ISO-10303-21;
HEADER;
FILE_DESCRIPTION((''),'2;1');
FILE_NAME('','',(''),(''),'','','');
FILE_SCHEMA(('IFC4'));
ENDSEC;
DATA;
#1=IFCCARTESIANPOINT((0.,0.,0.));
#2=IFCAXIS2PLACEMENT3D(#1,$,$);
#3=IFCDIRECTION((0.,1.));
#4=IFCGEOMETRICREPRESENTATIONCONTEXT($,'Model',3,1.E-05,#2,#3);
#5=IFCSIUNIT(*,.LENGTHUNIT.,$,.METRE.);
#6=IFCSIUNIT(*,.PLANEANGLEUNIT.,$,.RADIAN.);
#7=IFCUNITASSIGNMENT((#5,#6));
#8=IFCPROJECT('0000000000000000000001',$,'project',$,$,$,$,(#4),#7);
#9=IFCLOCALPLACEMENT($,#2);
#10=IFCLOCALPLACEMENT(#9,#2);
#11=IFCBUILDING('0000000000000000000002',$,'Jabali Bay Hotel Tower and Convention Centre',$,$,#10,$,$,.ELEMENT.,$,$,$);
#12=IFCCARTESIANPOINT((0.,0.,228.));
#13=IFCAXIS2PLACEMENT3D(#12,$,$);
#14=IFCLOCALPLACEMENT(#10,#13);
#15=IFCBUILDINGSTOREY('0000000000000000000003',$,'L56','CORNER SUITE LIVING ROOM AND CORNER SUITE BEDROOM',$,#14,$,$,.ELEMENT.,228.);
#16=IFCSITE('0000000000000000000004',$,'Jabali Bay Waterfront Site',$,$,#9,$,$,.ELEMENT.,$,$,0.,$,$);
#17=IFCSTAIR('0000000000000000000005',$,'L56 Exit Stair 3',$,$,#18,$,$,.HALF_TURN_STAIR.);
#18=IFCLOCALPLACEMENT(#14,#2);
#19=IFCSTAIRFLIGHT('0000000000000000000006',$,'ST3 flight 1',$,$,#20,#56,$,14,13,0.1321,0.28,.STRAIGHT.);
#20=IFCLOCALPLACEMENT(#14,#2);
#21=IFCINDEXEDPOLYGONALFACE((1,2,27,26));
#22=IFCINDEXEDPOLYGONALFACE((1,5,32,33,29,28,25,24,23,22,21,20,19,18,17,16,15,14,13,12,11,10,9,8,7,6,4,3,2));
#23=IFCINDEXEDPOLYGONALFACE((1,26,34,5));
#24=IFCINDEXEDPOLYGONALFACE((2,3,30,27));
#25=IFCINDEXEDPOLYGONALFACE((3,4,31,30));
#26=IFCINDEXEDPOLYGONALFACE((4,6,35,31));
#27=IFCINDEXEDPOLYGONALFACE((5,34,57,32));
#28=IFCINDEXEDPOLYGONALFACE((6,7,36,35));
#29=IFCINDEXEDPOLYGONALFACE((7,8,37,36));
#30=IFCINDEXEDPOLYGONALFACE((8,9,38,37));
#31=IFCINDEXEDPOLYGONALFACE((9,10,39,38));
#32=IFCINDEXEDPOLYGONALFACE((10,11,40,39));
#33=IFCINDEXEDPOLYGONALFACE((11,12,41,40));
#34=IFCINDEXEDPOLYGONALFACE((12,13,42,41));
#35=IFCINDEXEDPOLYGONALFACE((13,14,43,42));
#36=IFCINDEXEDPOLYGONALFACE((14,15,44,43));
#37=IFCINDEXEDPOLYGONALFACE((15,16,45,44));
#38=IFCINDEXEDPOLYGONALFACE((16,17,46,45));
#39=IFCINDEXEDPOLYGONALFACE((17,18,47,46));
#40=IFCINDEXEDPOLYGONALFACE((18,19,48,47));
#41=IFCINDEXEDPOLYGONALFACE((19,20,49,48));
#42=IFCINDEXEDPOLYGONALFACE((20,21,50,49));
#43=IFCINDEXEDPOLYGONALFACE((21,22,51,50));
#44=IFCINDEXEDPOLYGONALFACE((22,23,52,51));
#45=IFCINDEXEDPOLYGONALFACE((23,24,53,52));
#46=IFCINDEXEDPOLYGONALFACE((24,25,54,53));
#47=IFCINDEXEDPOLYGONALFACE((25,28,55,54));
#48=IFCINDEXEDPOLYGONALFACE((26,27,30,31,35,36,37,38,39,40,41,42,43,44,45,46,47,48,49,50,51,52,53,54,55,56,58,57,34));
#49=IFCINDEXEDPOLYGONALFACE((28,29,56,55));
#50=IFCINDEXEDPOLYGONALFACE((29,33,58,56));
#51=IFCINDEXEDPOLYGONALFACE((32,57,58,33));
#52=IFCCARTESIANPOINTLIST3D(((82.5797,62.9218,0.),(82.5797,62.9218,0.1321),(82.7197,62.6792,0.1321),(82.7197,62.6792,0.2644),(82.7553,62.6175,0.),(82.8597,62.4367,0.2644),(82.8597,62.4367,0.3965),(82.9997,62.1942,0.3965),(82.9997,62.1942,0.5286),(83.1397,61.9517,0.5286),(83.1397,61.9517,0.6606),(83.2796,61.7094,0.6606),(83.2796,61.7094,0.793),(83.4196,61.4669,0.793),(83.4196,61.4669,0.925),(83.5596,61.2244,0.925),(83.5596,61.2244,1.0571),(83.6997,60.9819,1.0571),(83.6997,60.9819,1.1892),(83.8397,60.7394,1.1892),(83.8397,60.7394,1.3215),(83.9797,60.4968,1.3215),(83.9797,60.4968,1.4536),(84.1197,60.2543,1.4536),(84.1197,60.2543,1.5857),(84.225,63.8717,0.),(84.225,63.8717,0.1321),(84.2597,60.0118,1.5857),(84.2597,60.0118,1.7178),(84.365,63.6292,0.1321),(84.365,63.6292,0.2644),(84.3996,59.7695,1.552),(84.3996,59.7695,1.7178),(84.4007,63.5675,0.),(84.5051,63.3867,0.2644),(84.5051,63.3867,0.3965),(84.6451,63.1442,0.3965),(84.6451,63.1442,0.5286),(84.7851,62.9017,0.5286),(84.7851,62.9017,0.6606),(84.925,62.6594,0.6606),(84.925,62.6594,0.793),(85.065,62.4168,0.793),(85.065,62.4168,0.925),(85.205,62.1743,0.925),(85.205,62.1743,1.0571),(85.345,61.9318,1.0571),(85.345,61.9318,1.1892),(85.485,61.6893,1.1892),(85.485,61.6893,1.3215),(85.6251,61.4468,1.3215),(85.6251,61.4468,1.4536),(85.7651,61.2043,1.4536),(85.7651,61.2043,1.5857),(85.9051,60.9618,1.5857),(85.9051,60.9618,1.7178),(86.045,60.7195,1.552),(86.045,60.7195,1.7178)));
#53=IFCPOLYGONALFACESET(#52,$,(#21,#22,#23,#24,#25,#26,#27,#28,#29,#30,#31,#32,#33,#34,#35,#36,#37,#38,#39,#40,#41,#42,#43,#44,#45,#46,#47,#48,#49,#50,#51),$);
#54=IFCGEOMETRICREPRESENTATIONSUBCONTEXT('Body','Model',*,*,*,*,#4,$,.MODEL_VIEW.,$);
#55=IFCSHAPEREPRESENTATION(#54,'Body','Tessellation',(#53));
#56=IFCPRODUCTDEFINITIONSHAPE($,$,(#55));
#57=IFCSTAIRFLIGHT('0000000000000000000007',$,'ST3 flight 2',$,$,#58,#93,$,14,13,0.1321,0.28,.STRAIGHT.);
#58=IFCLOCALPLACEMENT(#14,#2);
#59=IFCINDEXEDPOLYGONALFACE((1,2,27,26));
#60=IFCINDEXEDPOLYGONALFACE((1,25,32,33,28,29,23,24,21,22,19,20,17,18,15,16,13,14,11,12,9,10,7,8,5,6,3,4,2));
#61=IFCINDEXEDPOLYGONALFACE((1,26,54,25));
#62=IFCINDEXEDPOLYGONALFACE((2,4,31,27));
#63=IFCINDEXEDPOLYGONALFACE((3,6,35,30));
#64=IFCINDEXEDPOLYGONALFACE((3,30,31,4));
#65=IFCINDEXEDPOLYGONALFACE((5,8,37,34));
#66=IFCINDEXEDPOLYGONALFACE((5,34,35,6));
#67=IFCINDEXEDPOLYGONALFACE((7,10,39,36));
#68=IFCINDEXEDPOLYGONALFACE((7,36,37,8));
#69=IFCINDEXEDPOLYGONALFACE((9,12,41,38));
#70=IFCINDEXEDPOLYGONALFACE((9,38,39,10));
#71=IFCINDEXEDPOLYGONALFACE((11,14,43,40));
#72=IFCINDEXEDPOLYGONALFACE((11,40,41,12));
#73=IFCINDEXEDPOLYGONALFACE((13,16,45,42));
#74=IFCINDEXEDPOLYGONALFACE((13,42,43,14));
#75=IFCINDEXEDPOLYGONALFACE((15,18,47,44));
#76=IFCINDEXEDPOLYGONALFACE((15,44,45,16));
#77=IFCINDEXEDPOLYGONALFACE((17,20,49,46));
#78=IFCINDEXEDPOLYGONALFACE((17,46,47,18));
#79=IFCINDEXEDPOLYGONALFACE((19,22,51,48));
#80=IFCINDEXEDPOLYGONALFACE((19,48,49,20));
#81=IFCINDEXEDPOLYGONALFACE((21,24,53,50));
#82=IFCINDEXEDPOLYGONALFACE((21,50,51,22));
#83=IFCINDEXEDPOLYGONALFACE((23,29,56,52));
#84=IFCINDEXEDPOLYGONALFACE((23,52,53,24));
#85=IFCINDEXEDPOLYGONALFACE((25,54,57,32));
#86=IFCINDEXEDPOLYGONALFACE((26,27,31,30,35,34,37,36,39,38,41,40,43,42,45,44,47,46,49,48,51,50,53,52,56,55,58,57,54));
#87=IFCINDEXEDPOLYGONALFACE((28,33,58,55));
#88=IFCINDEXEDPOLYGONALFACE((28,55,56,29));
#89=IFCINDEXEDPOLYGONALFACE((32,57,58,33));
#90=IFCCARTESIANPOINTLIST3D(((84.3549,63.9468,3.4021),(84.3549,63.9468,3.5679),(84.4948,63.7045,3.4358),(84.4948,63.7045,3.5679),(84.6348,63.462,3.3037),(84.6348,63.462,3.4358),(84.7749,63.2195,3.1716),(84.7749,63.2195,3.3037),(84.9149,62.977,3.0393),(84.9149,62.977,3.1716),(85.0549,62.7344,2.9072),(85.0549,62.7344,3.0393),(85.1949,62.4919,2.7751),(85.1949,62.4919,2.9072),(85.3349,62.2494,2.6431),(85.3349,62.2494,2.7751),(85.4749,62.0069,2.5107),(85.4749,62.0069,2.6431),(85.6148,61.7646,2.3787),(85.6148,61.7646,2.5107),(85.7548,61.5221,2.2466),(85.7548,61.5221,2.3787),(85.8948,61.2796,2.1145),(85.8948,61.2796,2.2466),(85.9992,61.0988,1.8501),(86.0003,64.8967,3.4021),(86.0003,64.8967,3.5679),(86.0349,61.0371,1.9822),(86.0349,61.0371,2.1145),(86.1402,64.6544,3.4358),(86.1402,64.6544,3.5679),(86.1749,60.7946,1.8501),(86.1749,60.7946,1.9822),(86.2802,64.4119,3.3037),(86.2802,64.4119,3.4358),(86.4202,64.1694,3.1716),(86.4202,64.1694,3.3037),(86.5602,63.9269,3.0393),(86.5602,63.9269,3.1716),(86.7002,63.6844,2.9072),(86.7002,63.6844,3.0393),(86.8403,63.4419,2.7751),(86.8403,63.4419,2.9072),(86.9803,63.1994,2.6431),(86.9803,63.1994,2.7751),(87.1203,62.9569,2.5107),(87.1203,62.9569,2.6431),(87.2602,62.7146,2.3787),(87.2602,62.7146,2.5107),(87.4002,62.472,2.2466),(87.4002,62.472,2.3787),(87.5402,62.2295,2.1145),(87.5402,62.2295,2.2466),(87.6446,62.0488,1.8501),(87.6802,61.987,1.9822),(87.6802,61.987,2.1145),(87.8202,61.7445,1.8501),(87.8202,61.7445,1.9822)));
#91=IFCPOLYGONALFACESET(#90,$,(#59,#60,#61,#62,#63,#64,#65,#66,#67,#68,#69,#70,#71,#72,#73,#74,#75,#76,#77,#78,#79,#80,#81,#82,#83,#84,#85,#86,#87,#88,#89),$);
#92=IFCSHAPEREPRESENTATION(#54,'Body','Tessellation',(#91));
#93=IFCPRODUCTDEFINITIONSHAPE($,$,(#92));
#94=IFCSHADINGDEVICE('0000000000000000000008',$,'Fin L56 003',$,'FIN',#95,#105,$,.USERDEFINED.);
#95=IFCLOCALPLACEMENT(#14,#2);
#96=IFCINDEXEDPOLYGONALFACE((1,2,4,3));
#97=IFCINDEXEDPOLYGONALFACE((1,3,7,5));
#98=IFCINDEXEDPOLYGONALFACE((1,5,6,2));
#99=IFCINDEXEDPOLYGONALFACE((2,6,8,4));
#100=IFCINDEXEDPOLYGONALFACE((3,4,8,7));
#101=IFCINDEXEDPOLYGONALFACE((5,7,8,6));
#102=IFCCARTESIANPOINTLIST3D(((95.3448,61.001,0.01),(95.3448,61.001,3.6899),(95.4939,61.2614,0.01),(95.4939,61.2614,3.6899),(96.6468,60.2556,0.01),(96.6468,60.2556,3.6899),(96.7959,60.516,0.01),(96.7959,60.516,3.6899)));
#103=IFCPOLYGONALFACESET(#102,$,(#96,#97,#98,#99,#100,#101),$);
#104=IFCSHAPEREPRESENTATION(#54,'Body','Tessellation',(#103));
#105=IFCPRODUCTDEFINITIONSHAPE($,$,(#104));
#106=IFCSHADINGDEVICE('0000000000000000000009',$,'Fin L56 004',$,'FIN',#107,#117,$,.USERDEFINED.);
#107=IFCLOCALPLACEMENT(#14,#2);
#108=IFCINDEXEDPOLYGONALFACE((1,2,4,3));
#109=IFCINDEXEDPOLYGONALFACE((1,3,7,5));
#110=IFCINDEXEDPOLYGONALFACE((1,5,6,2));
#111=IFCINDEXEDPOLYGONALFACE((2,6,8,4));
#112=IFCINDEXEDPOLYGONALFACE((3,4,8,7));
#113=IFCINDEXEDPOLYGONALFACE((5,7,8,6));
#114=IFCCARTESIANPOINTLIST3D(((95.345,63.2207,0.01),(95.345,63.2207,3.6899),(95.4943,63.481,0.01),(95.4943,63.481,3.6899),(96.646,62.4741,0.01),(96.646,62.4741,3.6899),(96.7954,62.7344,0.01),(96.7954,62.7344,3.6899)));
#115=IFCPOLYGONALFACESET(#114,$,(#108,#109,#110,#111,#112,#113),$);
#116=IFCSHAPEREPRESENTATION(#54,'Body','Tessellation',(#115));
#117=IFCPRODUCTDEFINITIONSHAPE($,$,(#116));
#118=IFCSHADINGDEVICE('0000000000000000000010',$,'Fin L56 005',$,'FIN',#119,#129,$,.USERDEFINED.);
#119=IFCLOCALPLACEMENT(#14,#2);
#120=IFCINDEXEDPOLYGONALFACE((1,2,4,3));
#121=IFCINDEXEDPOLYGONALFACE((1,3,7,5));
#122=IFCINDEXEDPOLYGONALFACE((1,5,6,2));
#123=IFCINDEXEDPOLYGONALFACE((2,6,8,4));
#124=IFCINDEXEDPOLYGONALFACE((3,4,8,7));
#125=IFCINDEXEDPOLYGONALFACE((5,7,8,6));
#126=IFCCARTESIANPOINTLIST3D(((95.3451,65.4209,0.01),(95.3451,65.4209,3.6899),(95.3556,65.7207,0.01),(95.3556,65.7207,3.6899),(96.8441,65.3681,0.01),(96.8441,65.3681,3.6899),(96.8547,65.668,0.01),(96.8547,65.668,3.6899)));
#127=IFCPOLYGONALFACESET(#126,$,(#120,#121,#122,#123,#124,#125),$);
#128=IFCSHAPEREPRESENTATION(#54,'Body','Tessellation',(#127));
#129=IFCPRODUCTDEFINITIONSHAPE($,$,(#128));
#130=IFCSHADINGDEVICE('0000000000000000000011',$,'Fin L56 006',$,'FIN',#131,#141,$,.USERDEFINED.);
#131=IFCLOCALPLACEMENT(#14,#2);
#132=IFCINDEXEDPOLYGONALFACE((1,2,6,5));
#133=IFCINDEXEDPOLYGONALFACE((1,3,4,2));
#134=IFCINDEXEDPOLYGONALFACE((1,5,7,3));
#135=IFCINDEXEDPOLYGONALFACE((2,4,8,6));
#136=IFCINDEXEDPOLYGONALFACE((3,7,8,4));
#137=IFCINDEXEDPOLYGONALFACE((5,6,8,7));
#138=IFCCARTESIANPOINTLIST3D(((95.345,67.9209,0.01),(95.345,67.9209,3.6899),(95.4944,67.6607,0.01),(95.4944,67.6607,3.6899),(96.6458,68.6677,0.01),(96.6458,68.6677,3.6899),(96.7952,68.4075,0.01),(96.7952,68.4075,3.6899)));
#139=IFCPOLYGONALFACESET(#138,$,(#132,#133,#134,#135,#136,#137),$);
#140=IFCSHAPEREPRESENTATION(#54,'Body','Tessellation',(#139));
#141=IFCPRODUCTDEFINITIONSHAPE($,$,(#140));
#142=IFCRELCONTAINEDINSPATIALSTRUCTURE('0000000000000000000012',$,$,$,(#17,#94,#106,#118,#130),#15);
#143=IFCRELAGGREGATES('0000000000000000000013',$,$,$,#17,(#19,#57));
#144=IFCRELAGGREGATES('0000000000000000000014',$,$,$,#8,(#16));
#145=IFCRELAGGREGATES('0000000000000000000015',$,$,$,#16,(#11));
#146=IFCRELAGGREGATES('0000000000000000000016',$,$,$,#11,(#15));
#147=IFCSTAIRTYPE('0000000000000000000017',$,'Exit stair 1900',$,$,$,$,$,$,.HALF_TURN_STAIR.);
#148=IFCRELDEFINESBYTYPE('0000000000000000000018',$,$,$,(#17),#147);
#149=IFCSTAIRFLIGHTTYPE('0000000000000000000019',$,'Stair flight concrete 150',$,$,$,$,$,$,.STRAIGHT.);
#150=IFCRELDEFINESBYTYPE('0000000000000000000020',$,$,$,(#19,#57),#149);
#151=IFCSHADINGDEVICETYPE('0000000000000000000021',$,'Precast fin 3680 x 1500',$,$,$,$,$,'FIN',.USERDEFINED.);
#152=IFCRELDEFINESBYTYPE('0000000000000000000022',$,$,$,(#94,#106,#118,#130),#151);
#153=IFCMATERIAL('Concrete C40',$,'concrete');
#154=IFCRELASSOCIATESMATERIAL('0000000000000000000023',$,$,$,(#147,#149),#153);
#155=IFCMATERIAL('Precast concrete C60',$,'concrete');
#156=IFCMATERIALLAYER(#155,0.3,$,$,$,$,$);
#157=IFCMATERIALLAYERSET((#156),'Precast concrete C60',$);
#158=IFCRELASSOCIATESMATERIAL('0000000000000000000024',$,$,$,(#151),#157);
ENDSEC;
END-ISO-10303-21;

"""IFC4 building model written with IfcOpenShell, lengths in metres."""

from ifc_helpers import new_model, si_unit, direction, frame, frame_2d, origin, place, context, subcontext, project, spatial, polyline, rectangle, outline, extrude, material, layer, layer_set, type_object, element, aggregate, save


model = new_model("IFC4")

# Units and contexts
model_context = context("Model", 3, precision=1e-05, world=origin(), true_north=direction((0.0, 1.0)))
body_context = subcontext(model_context, "Body", "Model", "MODEL_VIEW")
ifc_project = project(units=[si_unit("LENGTHUNIT", "METRE"), si_unit("PLANEANGLEUNIT", "RADIAN")], contexts=[model_context])

# Site, building, storey
site_placement = place(None, origin())
site = spatial("IfcSite", under=ifc_project, at=site_placement, Name="Jabali Bay Waterfront Site", CompositionType="ELEMENT", RefElevation=0.0)
building_placement = place(site_placement, origin())
building = spatial("IfcBuilding", under=site, at=building_placement, Name="Jabali Bay Hotel Tower and Convention Centre", CompositionType="ELEMENT")
storey_placement = place(building_placement, frame((0.0, 0.0, 228.0)))
storey = spatial("IfcBuildingStorey", under=building, at=storey_placement, Name="L56", Description="CORNER SUITE LIVING ROOM AND CORNER SUITE BEDROOM", CompositionType="ELEMENT", Elevation=228.0)

# Shared definitions
ifc_material_1 = material(Name="Concrete C40", Category="concrete")

# Stair, stair flights
stair_type = type_object("IfcStairType", Name="Exit stair 1900", PredefinedType="HALF_TURN_STAIR", material=ifc_material_1)
stair_placement = place(storey_placement, origin())
stair = element("IfcStair", 1, at=stair_placement, inside=storey, type_object=stair_type, Name="L56 Exit Stair 3", PredefinedType="HALF_TURN_STAIR")
stair_flight_type = type_object("IfcStairFlightType", Name="Stair flight concrete 150", PredefinedType="STRAIGHT", material=ifc_material_1)
stair_flight_1_placement = place(storey_placement, frame((83.4023, 63.3967, 0.0), z_axis=(0.0, 0.0, 1.0), x_axis=(0.5, -0.866025, 0.0)))
stair_flight_1 = element("IfcStairFlight", 2, at=stair_flight_1_placement, type_object=stair_flight_type, Name="ST3 flight 1", NumberOfRisers=14, NumberOfTreads=13, PredefinedType="STRAIGHT", RiserHeight=0.1321, TreadLength=0.28, context=body_context, shape_type="SweptSolid", body=[
    extrude(outline(polyline([(0.0, 0.0), (0.0, 0.1321), (0.28, 0.1321), (0.28, 0.2644), (0.5601, 0.2644), (0.5601, 0.3965), (0.8401, 0.3965), (0.8401, 0.5286), (1.1201, 0.5286), (1.1201, 0.6606), (1.3999, 0.6606), (1.3999, 0.793), (1.6799, 0.793), (1.6799, 0.925), (1.96, 0.925), (1.96, 1.0571), (2.24, 1.0571), (2.24, 1.1892), (2.52, 1.1892), (2.52, 1.3215), (2.8, 1.3215), (2.8, 1.4536), (3.0801, 1.4536), (3.0801, 1.5857), (3.3601, 1.5857), (3.3601, 1.7178), (3.6399, 1.7178), (3.6399, 1.8501), (3.6399, 1.552), (0.3513, 0.0), (0.0, 0.0)])), frame((0.0, 0.95, 0.0), z_axis=(0.0, -1.0, 0.0), x_axis=(1.0, 0.0, 0.0)), (0.0, 0.0, 1.0), 1.8999),
])
stair_flight_2_placement = place(storey_placement, frame((86.9976, 61.2695, 1.8501), z_axis=(0.0, 0.0, 1.0), x_axis=(-0.5, 0.866025, 0.0)))
stair_flight_2 = element("IfcStairFlight", 3, at=stair_flight_2_placement, type_object=stair_flight_type, Name="ST3 flight 2", NumberOfRisers=14, NumberOfTreads=13, PredefinedType="STRAIGHT", RiserHeight=0.1321, TreadLength=0.28, context=body_context, shape_type="SweptSolid", body=[
    extrude(outline(polyline([(0.0, 0.0), (0.0, 0.1321), (0.28, 0.1321), (0.28, 0.2644), (0.5601, 0.2644), (0.5601, 0.3965), (0.8401, 0.3965), (0.8401, 0.5286), (1.1201, 0.5286), (1.1201, 0.6606), (1.3999, 0.6606), (1.3999, 0.793), (1.6799, 0.793), (1.6799, 0.925), (1.96, 0.925), (1.96, 1.0571), (2.24, 1.0571), (2.24, 1.1892), (2.52, 1.1892), (2.52, 1.3215), (2.8, 1.3215), (2.8, 1.4536), (3.0801, 1.4536), (3.0801, 1.5857), (3.3601, 1.5857), (3.3601, 1.7178), (3.6399, 1.7178), (3.6399, 1.8501), (3.6399, 1.552), (0.3513, 0.0), (0.0, 0.0)])), frame((0.0, 0.95, 0.0), z_axis=(0.0, -1.0, 0.0), x_axis=(1.0, 0.0, 0.0)), (0.0, 0.0, 1.0), 1.8999),
])
aggregate(stair, [stair_flight_1, stair_flight_2])

# Shading devices
ifc_material_2 = material(Name="Precast concrete C60", Category="concrete")
ifc_layer_1 = layer(ifc_material_2, 0.3)
ifc_layer_set_1 = layer_set([ifc_layer_1], Name="Precast concrete C60")
shading_device_type = type_object("IfcShadingDeviceType", Name="Precast fin 3680 x 1500", ElementType="FIN", PredefinedType="USERDEFINED", material=ifc_layer_set_1)
shading_device_placement = place(storey_placement, frame((95.4194, 61.1311, 0.01), z_axis=(0.0, 0.0, 1.0), x_axis=(0.867852, -0.496822, 0.0)))
element("IfcShadingDevice", 4, at=shading_device_placement, inside=storey, type_object=shading_device_type, Name="Fin L56 003", ObjectType="FIN", PredefinedType="USERDEFINED", context=body_context, shape_type="SweptSolid", body=[
    extrude(rectangle(XDim=1.5002, YDim=0.3, at=frame_2d((0.75, 0.0))), origin(), (0.0, 0.0, 1.0), 3.6799),
])
for number, where, z_axis, x_axis, name in (
    (5, (95.4197, 63.3508, 0.01), (0.0, 0.0, 1.0), (0.86734, -0.497716, 0.0), "Fin L56 004"),
    (6, (95.3503, 65.5708, 0.01), (0.0, 0.0, 1.0), (0.999382, -0.035157, 0.0), "Fin L56 005"),
    (7, (95.4197, 67.7908, 0.01), (0.0, 0.0, 1.0), (0.86723, 0.497908, 0.0), "Fin L56 006"),
):
    element("IfcShadingDevice", number, at=place(storey_placement, frame(where, z_axis=z_axis, x_axis=x_axis)), inside=storey, type_object=shading_device_type, Name=name, ObjectType="FIN", PredefinedType="USERDEFINED", context=body_context, shape_type="SweptSolid", body=[
        extrude(rectangle(XDim=1.5, YDim=0.3, at=frame_2d((0.75, 0.0))), origin(), (0.0, 0.0, 1.0), 3.6799),
    ])

save(model, "model.ifc")
